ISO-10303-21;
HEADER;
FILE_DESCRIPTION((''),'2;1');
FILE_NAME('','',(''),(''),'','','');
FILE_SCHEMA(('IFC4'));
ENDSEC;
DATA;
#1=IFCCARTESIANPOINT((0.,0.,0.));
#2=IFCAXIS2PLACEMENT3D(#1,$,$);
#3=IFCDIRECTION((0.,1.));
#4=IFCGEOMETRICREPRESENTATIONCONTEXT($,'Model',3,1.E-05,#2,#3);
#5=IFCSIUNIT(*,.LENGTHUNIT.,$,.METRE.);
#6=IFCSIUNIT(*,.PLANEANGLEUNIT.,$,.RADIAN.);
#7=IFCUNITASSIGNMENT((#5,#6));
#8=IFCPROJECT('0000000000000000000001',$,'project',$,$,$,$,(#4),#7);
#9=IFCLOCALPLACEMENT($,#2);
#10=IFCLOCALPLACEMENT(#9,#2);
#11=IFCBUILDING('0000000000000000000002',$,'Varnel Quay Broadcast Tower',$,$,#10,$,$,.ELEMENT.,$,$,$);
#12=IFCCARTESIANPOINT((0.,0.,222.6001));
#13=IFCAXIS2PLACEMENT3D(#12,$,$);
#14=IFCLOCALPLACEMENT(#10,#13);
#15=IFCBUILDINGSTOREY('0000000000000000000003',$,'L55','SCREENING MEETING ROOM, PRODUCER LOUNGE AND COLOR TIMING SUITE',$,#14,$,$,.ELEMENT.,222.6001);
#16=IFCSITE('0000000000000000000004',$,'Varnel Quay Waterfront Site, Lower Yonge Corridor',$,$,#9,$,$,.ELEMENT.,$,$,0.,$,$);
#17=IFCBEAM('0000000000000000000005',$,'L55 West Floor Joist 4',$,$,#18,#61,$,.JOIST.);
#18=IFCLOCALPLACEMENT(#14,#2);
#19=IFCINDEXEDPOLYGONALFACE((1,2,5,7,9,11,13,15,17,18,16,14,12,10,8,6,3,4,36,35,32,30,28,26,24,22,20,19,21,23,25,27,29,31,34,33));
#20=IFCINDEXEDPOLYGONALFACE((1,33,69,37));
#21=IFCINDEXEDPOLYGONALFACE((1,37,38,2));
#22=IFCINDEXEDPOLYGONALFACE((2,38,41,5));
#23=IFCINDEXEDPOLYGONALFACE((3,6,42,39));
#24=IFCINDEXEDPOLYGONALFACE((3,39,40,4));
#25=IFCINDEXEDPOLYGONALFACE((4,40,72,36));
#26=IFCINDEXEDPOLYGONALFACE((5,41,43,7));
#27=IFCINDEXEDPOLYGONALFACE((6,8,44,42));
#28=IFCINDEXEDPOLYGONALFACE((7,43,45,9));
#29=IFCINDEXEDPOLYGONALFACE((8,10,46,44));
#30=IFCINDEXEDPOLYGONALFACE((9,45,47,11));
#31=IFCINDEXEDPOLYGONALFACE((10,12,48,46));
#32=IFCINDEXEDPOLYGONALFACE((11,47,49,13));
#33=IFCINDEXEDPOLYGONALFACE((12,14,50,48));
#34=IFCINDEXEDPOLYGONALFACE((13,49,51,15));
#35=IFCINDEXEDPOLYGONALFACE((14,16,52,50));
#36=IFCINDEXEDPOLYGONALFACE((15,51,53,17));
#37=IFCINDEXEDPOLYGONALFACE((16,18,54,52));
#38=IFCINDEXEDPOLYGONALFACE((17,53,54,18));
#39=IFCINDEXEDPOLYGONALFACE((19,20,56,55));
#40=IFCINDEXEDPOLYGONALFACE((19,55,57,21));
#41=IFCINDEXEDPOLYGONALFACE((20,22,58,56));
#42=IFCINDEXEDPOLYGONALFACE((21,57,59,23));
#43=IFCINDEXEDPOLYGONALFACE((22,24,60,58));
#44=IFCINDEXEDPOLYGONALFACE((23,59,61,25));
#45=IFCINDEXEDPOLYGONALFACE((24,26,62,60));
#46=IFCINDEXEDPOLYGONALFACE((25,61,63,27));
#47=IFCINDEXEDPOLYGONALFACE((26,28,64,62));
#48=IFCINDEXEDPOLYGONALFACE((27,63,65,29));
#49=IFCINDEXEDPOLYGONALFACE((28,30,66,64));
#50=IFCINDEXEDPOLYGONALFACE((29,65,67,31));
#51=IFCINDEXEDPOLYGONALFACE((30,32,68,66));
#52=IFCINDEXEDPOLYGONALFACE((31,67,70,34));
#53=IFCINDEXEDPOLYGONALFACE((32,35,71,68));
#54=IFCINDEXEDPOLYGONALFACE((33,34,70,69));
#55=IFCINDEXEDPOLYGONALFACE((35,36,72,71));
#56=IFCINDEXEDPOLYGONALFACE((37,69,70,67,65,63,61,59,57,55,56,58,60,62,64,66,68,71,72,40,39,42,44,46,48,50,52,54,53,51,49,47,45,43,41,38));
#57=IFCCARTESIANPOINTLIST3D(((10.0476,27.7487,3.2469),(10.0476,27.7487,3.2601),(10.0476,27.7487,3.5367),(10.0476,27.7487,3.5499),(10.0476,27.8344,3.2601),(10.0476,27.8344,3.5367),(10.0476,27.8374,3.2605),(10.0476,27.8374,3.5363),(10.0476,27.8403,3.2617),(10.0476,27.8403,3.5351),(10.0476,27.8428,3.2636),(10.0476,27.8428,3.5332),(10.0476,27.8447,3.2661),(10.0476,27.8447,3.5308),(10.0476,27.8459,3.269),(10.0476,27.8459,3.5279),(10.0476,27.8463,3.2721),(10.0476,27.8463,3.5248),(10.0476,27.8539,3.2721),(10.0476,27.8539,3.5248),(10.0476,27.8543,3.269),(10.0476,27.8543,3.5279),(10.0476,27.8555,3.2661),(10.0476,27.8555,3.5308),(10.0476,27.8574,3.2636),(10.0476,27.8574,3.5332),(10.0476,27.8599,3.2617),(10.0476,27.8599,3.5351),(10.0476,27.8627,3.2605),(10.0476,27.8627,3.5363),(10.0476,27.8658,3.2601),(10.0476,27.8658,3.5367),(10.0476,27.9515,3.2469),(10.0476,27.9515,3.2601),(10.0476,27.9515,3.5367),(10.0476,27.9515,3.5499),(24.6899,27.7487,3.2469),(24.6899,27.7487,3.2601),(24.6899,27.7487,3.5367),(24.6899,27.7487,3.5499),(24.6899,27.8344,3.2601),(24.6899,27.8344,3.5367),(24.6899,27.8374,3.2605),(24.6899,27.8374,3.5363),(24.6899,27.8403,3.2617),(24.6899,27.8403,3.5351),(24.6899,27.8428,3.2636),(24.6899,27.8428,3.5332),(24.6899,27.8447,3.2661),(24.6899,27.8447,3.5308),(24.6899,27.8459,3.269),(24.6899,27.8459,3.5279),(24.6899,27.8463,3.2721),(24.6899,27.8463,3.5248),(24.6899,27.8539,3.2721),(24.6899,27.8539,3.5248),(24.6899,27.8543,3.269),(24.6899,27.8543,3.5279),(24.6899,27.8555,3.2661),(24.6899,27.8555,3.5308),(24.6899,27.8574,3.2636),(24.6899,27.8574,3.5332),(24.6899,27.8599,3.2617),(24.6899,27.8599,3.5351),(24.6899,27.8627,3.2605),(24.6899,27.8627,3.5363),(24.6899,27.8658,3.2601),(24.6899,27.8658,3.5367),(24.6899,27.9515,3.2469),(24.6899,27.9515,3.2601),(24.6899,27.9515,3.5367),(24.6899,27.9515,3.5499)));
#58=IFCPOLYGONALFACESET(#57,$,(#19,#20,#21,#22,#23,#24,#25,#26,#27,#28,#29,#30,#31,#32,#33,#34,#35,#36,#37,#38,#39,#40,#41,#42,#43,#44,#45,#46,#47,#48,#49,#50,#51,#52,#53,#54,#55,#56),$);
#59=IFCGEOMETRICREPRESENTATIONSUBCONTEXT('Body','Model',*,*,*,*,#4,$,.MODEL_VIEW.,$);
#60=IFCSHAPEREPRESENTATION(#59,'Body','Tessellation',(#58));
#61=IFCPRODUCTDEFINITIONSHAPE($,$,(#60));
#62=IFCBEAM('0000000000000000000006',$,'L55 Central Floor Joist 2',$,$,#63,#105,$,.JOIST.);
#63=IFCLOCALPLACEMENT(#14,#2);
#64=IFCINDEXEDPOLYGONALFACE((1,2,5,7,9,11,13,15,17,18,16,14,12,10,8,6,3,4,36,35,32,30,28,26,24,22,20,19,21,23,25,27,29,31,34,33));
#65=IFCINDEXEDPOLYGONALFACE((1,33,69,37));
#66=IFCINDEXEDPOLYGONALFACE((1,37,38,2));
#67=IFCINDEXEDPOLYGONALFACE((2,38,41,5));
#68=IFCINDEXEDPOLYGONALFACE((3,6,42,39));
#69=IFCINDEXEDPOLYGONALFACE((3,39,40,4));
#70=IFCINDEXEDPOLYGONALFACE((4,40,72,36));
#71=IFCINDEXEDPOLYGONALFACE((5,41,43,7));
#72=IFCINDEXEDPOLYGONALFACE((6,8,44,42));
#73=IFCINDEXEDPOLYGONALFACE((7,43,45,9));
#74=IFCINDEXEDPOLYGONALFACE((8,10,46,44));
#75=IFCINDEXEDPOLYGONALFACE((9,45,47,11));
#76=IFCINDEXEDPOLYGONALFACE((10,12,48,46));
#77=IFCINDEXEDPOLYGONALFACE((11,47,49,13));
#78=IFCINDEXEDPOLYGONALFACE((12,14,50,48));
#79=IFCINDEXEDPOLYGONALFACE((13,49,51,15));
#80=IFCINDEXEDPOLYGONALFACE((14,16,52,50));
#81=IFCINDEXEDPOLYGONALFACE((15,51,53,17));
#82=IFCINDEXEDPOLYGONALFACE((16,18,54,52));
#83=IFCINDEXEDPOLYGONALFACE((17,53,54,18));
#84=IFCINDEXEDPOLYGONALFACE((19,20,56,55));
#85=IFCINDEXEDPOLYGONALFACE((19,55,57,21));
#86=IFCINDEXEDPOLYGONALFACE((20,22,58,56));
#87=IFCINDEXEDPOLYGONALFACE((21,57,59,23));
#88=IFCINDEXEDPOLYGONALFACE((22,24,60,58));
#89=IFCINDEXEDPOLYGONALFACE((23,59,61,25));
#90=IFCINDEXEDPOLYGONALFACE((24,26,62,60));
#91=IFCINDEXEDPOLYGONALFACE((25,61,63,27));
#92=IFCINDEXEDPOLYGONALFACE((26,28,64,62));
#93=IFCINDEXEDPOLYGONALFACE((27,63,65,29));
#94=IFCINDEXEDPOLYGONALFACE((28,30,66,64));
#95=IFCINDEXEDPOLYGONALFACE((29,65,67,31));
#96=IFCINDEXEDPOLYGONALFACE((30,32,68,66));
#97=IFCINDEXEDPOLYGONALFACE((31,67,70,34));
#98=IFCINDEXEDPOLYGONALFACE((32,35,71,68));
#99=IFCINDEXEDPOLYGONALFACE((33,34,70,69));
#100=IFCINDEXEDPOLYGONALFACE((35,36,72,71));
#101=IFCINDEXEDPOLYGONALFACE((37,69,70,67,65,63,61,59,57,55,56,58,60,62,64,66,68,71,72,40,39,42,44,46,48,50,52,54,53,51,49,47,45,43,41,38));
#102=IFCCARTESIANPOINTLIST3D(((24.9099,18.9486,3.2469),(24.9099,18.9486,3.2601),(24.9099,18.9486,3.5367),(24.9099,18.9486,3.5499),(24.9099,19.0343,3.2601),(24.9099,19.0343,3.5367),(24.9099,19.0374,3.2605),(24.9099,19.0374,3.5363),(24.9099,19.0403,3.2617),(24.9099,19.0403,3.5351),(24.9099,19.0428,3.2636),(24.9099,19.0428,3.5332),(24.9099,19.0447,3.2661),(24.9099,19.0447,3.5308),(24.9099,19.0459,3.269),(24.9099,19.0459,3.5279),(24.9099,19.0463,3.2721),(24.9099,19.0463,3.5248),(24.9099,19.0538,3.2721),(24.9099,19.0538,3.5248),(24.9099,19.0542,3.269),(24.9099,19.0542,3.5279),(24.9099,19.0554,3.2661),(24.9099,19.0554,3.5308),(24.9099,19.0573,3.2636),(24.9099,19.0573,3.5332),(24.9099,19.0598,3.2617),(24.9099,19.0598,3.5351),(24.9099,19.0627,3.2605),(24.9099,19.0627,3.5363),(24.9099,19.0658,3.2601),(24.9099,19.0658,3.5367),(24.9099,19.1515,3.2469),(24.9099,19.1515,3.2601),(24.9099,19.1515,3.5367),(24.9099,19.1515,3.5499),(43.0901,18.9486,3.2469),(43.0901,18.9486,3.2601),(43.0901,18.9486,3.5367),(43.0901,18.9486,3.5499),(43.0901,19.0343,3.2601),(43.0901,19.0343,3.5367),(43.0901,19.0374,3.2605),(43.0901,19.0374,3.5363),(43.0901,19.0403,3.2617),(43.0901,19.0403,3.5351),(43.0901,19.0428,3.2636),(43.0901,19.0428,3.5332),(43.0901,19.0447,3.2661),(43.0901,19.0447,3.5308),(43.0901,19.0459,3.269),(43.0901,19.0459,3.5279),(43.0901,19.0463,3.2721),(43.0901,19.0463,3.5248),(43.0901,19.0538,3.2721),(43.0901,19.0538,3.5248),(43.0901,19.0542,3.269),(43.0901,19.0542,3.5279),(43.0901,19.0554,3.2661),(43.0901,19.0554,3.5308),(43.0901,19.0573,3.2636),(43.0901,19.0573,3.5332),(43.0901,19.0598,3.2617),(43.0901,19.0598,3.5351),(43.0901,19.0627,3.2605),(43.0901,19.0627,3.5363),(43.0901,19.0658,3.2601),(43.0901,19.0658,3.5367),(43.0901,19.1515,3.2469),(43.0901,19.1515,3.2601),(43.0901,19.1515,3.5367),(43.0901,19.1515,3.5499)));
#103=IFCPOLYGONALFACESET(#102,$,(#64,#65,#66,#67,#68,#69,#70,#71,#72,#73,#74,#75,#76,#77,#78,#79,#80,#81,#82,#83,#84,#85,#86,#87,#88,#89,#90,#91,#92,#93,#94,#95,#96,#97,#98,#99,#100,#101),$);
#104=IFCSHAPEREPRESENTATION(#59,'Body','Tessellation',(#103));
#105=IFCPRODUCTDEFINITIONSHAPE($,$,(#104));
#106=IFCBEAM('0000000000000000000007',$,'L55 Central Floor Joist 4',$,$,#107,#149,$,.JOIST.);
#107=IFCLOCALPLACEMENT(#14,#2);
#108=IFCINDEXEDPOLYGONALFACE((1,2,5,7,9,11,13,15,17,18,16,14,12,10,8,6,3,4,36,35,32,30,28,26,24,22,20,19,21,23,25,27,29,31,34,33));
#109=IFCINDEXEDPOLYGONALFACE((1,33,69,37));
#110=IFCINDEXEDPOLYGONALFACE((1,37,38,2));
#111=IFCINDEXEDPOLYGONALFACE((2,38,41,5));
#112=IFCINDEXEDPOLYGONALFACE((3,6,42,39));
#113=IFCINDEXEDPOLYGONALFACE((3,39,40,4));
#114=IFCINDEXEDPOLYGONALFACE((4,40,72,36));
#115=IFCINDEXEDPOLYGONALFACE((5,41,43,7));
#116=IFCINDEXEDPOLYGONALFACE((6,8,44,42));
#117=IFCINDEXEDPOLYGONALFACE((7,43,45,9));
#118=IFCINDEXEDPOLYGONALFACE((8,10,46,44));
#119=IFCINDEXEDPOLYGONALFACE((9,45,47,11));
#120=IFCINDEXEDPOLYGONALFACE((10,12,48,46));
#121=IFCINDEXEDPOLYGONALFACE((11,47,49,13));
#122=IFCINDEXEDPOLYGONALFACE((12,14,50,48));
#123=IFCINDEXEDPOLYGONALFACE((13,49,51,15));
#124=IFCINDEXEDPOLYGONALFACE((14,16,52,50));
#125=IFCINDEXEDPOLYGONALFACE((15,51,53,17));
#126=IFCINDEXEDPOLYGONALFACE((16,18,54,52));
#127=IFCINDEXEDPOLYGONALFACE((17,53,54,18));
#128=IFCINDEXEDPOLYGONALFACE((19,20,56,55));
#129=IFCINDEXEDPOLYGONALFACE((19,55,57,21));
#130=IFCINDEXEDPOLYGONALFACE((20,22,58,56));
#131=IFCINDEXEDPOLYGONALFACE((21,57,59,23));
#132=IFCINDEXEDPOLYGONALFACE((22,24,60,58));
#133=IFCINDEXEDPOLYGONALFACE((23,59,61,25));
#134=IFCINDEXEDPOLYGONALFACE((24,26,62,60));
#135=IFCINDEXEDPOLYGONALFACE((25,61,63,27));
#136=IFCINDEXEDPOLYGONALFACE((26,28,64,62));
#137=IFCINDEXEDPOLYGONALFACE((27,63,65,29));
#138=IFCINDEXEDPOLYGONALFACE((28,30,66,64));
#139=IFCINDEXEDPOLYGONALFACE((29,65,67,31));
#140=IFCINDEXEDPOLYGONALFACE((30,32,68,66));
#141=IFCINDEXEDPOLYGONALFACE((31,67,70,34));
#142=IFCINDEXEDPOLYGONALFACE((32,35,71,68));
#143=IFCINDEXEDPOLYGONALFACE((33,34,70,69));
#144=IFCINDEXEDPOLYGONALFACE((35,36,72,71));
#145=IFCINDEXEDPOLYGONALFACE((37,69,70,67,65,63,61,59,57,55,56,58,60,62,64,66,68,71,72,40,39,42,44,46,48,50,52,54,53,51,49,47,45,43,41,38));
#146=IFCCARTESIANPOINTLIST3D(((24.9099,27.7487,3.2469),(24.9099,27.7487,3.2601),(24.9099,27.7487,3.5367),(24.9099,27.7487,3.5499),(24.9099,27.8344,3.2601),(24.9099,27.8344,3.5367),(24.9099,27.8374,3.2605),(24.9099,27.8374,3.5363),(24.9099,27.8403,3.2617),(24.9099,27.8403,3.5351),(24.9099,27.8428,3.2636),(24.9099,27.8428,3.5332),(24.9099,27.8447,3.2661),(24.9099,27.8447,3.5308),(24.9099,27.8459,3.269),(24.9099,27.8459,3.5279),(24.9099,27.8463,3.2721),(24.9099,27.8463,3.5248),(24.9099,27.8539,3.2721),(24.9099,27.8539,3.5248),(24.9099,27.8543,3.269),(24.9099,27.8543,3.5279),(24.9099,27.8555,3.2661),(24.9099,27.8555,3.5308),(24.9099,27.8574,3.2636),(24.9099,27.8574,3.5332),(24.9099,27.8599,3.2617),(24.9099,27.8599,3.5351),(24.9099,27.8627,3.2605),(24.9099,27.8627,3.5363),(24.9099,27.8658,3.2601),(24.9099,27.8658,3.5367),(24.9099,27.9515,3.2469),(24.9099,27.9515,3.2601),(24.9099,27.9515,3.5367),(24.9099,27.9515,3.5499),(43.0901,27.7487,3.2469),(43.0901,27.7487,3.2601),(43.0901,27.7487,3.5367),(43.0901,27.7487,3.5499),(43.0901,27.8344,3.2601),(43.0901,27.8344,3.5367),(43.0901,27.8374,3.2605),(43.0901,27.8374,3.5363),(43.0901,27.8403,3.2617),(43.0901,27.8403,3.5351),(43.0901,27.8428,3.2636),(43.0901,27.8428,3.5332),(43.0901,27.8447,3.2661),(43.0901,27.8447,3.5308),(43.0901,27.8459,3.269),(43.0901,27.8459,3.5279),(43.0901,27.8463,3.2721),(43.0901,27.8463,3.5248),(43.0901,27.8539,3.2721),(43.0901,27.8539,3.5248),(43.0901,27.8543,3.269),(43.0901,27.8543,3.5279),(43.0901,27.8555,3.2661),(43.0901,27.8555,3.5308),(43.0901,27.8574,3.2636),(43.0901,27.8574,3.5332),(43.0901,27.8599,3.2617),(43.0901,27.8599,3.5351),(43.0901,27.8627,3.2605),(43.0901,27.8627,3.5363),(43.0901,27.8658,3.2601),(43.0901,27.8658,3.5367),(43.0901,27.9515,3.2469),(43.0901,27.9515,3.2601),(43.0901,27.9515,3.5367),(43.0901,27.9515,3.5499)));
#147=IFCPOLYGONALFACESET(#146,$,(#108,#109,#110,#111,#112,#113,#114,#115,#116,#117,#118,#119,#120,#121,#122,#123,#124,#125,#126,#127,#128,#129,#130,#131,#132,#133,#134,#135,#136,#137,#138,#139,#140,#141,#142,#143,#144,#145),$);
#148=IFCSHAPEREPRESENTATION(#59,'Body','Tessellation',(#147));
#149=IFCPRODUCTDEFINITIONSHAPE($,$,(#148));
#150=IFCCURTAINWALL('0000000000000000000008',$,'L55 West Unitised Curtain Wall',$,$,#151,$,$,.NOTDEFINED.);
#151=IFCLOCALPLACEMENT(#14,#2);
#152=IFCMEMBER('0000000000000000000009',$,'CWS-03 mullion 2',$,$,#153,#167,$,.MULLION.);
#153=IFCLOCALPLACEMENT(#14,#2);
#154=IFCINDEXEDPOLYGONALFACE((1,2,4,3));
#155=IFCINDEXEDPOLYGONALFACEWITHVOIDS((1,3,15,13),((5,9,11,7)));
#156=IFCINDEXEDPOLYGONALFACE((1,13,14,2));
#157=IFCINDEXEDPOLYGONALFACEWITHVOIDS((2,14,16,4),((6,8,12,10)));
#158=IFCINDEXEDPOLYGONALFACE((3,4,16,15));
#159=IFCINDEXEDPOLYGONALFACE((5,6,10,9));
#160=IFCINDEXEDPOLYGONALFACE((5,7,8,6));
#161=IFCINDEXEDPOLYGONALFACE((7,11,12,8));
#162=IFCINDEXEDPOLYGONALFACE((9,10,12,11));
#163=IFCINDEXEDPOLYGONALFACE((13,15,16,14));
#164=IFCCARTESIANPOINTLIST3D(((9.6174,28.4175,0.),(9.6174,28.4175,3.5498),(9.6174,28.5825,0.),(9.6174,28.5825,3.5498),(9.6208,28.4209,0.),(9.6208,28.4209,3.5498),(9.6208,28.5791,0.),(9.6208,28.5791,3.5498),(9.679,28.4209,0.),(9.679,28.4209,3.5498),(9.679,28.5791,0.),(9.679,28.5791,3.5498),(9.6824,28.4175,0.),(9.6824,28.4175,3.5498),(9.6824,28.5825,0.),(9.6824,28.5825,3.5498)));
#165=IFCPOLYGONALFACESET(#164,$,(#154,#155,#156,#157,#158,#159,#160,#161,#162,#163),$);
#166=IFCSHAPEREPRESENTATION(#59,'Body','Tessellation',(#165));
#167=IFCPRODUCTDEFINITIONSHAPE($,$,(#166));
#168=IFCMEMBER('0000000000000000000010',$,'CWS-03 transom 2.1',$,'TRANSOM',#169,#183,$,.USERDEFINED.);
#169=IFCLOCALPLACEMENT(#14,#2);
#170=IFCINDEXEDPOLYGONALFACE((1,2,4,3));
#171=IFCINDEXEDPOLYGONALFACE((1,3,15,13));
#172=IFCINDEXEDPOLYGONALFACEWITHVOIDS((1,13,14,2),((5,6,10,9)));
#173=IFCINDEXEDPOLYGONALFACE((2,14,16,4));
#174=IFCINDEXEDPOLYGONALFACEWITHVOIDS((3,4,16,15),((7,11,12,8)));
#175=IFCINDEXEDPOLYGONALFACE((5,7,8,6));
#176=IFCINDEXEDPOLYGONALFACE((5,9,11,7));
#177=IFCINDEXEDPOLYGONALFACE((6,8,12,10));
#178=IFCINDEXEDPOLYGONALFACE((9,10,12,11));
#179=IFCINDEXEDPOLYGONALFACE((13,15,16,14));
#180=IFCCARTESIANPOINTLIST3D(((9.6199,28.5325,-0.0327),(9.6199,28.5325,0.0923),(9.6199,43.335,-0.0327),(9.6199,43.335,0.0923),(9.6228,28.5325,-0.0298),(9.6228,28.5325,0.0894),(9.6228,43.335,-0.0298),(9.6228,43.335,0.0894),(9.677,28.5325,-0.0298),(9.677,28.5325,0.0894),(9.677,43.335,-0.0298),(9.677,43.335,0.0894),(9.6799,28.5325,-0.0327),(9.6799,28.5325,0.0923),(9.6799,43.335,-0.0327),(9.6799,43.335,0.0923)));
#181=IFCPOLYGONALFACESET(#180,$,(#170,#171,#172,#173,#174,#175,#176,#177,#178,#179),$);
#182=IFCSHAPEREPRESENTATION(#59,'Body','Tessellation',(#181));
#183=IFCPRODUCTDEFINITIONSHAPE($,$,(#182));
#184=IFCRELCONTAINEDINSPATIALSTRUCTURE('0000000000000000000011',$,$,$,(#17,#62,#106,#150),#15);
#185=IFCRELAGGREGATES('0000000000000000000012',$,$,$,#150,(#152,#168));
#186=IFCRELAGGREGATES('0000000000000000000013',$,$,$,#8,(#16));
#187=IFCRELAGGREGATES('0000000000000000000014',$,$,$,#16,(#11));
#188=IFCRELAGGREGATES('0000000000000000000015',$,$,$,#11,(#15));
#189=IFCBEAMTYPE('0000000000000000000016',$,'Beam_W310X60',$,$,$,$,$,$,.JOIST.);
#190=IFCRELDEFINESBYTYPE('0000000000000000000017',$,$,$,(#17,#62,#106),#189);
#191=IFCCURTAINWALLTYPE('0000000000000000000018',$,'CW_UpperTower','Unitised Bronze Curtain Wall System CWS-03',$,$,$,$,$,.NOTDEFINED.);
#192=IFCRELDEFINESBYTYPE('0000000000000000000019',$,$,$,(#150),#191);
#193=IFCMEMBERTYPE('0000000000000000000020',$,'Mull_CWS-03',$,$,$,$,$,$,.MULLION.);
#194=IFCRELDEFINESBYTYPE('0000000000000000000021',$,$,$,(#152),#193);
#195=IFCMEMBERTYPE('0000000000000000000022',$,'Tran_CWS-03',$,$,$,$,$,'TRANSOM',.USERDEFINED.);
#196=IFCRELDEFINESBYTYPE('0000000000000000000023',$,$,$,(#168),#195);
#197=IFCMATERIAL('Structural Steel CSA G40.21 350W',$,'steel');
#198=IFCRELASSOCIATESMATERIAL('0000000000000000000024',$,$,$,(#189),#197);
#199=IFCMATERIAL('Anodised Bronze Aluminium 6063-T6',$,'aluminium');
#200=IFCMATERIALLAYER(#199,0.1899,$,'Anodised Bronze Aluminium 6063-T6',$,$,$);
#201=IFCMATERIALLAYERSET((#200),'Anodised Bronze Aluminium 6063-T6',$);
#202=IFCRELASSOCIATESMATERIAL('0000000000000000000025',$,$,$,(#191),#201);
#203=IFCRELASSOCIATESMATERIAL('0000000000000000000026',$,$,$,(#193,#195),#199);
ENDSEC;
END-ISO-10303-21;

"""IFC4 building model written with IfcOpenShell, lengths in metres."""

from ifc_helpers import new_model, si_unit, direction, frame, origin, origin_2d, place, context, subcontext, project, spatial, hollow_rectangle, i_section, extrude, source, transform, mapped, material, layer, layer_set, material_profile, profile_set, type_object, type_shapes, element, aggregate, save


model = new_model("IFC4")

# Units and contexts
model_context = context("Model", 3, precision=1e-05, world=origin(), true_north=direction((0.0, 1.0)))
body_context = subcontext(model_context, "Body", "Model", "MODEL_VIEW")
ifc_project = project(units=[si_unit("LENGTHUNIT", "METRE"), si_unit("PLANEANGLEUNIT", "RADIAN")], contexts=[model_context])

# Site, building, storey
site_placement = place(None, origin())
site = spatial("IfcSite", under=ifc_project, at=site_placement, Name="Varnel Quay Waterfront Site, Lower Yonge Corridor", CompositionType="ELEMENT", RefElevation=0.0)
building_placement = place(site_placement, origin())
building = spatial("IfcBuilding", under=site, at=building_placement, Name="Varnel Quay Broadcast Tower", CompositionType="ELEMENT")
storey_placement = place(building_placement, frame((0.0, 0.0, 222.6001)))
storey = spatial("IfcBuildingStorey", under=building, at=storey_placement, Name="L55", Description="SCREENING MEETING ROOM, PRODUCER LOUNGE AND COLOR TIMING SUITE", CompositionType="ELEMENT", Elevation=222.6001)

# Shared definitions
ifc_material_1 = material(Name="Structural Steel CSA G40.21 350W", Category="steel")

# Beams
ifc_material_profile_1 = material_profile(ifc_material_1, i_section(OverallWidth=0.2029, OverallDepth=0.303, WebThickness=0.0076, FlangeThickness=0.0132, FilletRadius=0.012, at=origin_2d()), Name="W310X60")
ifc_profile_set_1 = profile_set([ifc_material_profile_1], Name="Structural Steel CSA G40.21 350W")
beam_type_1 = type_object("IfcBeamType", Name="Beam_W310X60", PredefinedType="JOIST", material=ifc_profile_set_1)
shared_shape_1 = source(origin(), body_context, "Body", "SweptSolid", [
    extrude(i_section(OverallWidth=0.2029, OverallDepth=0.303, WebThickness=0.0076, FlangeThickness=0.0132, FilletRadius=0.012, at=origin_2d()), origin(), (0.0, 0.0, 1.0), 14.6423),
])
beam_1_placement = place(storey_placement, frame((10.0476, 27.8501, 3.3984), z_axis=(1.0, 0.0, 0.0), x_axis=(0.0, 1.0, 0.0)))
element("IfcBeam", 1, at=beam_1_placement, inside=storey, type_object=beam_type_1, Name="L55 West Floor Joist 4", PredefinedType="JOIST", context=body_context, shape_type="MappedRepresentation", body=[
    mapped(shared_shape_1, transform((0.0, 0.0, 0.0), x_axis=(1.0, 0.0, 0.0), y_axis=(0.0, 1.0, 0.0), z_axis=(0.0, 0.0, 1.0), scale=1.0)),
])
shared_shape_2 = source(origin(), body_context, "Body", "SweptSolid", [
    extrude(i_section(OverallWidth=0.2029, OverallDepth=0.303, WebThickness=0.0076, FlangeThickness=0.0132, FilletRadius=0.012, at=origin_2d()), origin(), (0.0, 0.0, 1.0), 18.1802),
])
type_shapes(beam_type_1, [shared_shape_1, shared_shape_2])
for number, where, z_axis, x_axis, name in (
    (2, (24.9099, 19.05, 3.3984), (1.0, 0.0, 0.0), (0.0, 1.0, 0.0), "L55 Central Floor Joist 2"),
    (3, (24.9099, 27.8501, 3.3984), (1.0, 0.0, 0.0), (0.0, 1.0, 0.0), "L55 Central Floor Joist 4"),
):
    element("IfcBeam", number, at=place(storey_placement, frame(where, z_axis=z_axis, x_axis=x_axis)), inside=storey, type_object=beam_type_1, Name=name, PredefinedType="JOIST", context=body_context, shape_type="MappedRepresentation", body=[
        mapped(shared_shape_2, transform((0.0, 0.0, 0.0), x_axis=(1.0, 0.0, 0.0), y_axis=(0.0, 1.0, 0.0), z_axis=(0.0, 0.0, 1.0), scale=1.0)),
    ])

# Curtain wall, members
ifc_material_2 = material(Name="Anodised Bronze Aluminium 6063-T6", Category="aluminium")
ifc_layer_1 = layer(ifc_material_2, 0.1899, Name="Anodised Bronze Aluminium 6063-T6")
ifc_layer_set_1 = layer_set([ifc_layer_1], Name="Anodised Bronze Aluminium 6063-T6")
curtain_wall_type = type_object("IfcCurtainWallType", Name="CW_UpperTower", Description="Unitised Bronze Curtain Wall System CWS-03", PredefinedType="NOTDEFINED", material=ifc_layer_set_1)
curtain_wall_placement = place(storey_placement, origin())
curtain_wall = element("IfcCurtainWall", 4, at=curtain_wall_placement, inside=storey, type_object=curtain_wall_type, Name="L55 West Unitised Curtain Wall", PredefinedType="NOTDEFINED")
ifc_material_profile_2 = material_profile(ifc_material_2, hollow_rectangle(XDim=0.0649, YDim=0.165, WallThickness=0.0034, at=origin_2d()), Name="ALU65X165X3.5")
ifc_profile_set_2 = profile_set([ifc_material_profile_2], Name="Anodised Bronze Aluminium 6063-T6")
member_type_1 = type_object("IfcMemberType", Name="Mull_CWS-03", PredefinedType="MULLION", material=ifc_profile_set_2)
shared_shape_3 = source(origin(), body_context, "Body", "SweptSolid", [
    extrude(hollow_rectangle(XDim=0.0649, YDim=0.165, WallThickness=0.0034, at=origin_2d()), origin(), (0.0, 0.0, 1.0), 3.5498),
])
type_shapes(member_type_1, [shared_shape_3])
member_1_placement = place(storey_placement, frame((9.6499, 28.5, 0.0), z_axis=(0.0, 0.0, 1.0), x_axis=(-1.0, 0.0, 0.0)))
member_1 = element("IfcMember", 5, at=member_1_placement, type_object=member_type_1, Name="CWS-03 mullion 2", PredefinedType="MULLION", context=body_context, shape_type="MappedRepresentation", body=[
    mapped(shared_shape_3, transform((0.0, 0.0, 0.0), x_axis=(1.0, 0.0, 0.0), y_axis=(0.0, 1.0, 0.0), z_axis=(0.0, 0.0, 1.0), scale=1.0)),
])
ifc_material_profile_3 = material_profile(ifc_material_2, hollow_rectangle(XDim=0.0601, YDim=0.125, WallThickness=0.0029, at=origin_2d()), Name="ALU60X125X3")
ifc_profile_set_3 = profile_set([ifc_material_profile_3], Name="Anodised Bronze Aluminium 6063-T6")
member_type_2 = type_object("IfcMemberType", Name="Tran_CWS-03", ElementType="TRANSOM", PredefinedType="USERDEFINED", material=ifc_profile_set_3)
shared_shape_4 = source(origin(), body_context, "Body", "SweptSolid", [
    extrude(hollow_rectangle(XDim=0.0601, YDim=0.125, WallThickness=0.0029, at=origin_2d()), origin(), (0.0, 0.0, 1.0), 14.8025),
])
type_shapes(member_type_2, [shared_shape_4])
member_2_placement = place(storey_placement, frame((9.6499, 28.5325, 0.0298), z_axis=(0.0, 1.0, 0.0), x_axis=(-1.0, 0.0, 0.0)))
member_2 = element("IfcMember", 6, at=member_2_placement, type_object=member_type_2, Name="CWS-03 transom 2.1", ObjectType="TRANSOM", PredefinedType="USERDEFINED", context=body_context, shape_type="MappedRepresentation", body=[
    mapped(shared_shape_4, transform((0.0, 0.0, 0.0), x_axis=(1.0, 0.0, 0.0), y_axis=(0.0, 1.0, 0.0), z_axis=(0.0, 0.0, 1.0), scale=1.0)),
])

aggregate(curtain_wall, [member_1, member_2])

save(model, "model.ifc")
